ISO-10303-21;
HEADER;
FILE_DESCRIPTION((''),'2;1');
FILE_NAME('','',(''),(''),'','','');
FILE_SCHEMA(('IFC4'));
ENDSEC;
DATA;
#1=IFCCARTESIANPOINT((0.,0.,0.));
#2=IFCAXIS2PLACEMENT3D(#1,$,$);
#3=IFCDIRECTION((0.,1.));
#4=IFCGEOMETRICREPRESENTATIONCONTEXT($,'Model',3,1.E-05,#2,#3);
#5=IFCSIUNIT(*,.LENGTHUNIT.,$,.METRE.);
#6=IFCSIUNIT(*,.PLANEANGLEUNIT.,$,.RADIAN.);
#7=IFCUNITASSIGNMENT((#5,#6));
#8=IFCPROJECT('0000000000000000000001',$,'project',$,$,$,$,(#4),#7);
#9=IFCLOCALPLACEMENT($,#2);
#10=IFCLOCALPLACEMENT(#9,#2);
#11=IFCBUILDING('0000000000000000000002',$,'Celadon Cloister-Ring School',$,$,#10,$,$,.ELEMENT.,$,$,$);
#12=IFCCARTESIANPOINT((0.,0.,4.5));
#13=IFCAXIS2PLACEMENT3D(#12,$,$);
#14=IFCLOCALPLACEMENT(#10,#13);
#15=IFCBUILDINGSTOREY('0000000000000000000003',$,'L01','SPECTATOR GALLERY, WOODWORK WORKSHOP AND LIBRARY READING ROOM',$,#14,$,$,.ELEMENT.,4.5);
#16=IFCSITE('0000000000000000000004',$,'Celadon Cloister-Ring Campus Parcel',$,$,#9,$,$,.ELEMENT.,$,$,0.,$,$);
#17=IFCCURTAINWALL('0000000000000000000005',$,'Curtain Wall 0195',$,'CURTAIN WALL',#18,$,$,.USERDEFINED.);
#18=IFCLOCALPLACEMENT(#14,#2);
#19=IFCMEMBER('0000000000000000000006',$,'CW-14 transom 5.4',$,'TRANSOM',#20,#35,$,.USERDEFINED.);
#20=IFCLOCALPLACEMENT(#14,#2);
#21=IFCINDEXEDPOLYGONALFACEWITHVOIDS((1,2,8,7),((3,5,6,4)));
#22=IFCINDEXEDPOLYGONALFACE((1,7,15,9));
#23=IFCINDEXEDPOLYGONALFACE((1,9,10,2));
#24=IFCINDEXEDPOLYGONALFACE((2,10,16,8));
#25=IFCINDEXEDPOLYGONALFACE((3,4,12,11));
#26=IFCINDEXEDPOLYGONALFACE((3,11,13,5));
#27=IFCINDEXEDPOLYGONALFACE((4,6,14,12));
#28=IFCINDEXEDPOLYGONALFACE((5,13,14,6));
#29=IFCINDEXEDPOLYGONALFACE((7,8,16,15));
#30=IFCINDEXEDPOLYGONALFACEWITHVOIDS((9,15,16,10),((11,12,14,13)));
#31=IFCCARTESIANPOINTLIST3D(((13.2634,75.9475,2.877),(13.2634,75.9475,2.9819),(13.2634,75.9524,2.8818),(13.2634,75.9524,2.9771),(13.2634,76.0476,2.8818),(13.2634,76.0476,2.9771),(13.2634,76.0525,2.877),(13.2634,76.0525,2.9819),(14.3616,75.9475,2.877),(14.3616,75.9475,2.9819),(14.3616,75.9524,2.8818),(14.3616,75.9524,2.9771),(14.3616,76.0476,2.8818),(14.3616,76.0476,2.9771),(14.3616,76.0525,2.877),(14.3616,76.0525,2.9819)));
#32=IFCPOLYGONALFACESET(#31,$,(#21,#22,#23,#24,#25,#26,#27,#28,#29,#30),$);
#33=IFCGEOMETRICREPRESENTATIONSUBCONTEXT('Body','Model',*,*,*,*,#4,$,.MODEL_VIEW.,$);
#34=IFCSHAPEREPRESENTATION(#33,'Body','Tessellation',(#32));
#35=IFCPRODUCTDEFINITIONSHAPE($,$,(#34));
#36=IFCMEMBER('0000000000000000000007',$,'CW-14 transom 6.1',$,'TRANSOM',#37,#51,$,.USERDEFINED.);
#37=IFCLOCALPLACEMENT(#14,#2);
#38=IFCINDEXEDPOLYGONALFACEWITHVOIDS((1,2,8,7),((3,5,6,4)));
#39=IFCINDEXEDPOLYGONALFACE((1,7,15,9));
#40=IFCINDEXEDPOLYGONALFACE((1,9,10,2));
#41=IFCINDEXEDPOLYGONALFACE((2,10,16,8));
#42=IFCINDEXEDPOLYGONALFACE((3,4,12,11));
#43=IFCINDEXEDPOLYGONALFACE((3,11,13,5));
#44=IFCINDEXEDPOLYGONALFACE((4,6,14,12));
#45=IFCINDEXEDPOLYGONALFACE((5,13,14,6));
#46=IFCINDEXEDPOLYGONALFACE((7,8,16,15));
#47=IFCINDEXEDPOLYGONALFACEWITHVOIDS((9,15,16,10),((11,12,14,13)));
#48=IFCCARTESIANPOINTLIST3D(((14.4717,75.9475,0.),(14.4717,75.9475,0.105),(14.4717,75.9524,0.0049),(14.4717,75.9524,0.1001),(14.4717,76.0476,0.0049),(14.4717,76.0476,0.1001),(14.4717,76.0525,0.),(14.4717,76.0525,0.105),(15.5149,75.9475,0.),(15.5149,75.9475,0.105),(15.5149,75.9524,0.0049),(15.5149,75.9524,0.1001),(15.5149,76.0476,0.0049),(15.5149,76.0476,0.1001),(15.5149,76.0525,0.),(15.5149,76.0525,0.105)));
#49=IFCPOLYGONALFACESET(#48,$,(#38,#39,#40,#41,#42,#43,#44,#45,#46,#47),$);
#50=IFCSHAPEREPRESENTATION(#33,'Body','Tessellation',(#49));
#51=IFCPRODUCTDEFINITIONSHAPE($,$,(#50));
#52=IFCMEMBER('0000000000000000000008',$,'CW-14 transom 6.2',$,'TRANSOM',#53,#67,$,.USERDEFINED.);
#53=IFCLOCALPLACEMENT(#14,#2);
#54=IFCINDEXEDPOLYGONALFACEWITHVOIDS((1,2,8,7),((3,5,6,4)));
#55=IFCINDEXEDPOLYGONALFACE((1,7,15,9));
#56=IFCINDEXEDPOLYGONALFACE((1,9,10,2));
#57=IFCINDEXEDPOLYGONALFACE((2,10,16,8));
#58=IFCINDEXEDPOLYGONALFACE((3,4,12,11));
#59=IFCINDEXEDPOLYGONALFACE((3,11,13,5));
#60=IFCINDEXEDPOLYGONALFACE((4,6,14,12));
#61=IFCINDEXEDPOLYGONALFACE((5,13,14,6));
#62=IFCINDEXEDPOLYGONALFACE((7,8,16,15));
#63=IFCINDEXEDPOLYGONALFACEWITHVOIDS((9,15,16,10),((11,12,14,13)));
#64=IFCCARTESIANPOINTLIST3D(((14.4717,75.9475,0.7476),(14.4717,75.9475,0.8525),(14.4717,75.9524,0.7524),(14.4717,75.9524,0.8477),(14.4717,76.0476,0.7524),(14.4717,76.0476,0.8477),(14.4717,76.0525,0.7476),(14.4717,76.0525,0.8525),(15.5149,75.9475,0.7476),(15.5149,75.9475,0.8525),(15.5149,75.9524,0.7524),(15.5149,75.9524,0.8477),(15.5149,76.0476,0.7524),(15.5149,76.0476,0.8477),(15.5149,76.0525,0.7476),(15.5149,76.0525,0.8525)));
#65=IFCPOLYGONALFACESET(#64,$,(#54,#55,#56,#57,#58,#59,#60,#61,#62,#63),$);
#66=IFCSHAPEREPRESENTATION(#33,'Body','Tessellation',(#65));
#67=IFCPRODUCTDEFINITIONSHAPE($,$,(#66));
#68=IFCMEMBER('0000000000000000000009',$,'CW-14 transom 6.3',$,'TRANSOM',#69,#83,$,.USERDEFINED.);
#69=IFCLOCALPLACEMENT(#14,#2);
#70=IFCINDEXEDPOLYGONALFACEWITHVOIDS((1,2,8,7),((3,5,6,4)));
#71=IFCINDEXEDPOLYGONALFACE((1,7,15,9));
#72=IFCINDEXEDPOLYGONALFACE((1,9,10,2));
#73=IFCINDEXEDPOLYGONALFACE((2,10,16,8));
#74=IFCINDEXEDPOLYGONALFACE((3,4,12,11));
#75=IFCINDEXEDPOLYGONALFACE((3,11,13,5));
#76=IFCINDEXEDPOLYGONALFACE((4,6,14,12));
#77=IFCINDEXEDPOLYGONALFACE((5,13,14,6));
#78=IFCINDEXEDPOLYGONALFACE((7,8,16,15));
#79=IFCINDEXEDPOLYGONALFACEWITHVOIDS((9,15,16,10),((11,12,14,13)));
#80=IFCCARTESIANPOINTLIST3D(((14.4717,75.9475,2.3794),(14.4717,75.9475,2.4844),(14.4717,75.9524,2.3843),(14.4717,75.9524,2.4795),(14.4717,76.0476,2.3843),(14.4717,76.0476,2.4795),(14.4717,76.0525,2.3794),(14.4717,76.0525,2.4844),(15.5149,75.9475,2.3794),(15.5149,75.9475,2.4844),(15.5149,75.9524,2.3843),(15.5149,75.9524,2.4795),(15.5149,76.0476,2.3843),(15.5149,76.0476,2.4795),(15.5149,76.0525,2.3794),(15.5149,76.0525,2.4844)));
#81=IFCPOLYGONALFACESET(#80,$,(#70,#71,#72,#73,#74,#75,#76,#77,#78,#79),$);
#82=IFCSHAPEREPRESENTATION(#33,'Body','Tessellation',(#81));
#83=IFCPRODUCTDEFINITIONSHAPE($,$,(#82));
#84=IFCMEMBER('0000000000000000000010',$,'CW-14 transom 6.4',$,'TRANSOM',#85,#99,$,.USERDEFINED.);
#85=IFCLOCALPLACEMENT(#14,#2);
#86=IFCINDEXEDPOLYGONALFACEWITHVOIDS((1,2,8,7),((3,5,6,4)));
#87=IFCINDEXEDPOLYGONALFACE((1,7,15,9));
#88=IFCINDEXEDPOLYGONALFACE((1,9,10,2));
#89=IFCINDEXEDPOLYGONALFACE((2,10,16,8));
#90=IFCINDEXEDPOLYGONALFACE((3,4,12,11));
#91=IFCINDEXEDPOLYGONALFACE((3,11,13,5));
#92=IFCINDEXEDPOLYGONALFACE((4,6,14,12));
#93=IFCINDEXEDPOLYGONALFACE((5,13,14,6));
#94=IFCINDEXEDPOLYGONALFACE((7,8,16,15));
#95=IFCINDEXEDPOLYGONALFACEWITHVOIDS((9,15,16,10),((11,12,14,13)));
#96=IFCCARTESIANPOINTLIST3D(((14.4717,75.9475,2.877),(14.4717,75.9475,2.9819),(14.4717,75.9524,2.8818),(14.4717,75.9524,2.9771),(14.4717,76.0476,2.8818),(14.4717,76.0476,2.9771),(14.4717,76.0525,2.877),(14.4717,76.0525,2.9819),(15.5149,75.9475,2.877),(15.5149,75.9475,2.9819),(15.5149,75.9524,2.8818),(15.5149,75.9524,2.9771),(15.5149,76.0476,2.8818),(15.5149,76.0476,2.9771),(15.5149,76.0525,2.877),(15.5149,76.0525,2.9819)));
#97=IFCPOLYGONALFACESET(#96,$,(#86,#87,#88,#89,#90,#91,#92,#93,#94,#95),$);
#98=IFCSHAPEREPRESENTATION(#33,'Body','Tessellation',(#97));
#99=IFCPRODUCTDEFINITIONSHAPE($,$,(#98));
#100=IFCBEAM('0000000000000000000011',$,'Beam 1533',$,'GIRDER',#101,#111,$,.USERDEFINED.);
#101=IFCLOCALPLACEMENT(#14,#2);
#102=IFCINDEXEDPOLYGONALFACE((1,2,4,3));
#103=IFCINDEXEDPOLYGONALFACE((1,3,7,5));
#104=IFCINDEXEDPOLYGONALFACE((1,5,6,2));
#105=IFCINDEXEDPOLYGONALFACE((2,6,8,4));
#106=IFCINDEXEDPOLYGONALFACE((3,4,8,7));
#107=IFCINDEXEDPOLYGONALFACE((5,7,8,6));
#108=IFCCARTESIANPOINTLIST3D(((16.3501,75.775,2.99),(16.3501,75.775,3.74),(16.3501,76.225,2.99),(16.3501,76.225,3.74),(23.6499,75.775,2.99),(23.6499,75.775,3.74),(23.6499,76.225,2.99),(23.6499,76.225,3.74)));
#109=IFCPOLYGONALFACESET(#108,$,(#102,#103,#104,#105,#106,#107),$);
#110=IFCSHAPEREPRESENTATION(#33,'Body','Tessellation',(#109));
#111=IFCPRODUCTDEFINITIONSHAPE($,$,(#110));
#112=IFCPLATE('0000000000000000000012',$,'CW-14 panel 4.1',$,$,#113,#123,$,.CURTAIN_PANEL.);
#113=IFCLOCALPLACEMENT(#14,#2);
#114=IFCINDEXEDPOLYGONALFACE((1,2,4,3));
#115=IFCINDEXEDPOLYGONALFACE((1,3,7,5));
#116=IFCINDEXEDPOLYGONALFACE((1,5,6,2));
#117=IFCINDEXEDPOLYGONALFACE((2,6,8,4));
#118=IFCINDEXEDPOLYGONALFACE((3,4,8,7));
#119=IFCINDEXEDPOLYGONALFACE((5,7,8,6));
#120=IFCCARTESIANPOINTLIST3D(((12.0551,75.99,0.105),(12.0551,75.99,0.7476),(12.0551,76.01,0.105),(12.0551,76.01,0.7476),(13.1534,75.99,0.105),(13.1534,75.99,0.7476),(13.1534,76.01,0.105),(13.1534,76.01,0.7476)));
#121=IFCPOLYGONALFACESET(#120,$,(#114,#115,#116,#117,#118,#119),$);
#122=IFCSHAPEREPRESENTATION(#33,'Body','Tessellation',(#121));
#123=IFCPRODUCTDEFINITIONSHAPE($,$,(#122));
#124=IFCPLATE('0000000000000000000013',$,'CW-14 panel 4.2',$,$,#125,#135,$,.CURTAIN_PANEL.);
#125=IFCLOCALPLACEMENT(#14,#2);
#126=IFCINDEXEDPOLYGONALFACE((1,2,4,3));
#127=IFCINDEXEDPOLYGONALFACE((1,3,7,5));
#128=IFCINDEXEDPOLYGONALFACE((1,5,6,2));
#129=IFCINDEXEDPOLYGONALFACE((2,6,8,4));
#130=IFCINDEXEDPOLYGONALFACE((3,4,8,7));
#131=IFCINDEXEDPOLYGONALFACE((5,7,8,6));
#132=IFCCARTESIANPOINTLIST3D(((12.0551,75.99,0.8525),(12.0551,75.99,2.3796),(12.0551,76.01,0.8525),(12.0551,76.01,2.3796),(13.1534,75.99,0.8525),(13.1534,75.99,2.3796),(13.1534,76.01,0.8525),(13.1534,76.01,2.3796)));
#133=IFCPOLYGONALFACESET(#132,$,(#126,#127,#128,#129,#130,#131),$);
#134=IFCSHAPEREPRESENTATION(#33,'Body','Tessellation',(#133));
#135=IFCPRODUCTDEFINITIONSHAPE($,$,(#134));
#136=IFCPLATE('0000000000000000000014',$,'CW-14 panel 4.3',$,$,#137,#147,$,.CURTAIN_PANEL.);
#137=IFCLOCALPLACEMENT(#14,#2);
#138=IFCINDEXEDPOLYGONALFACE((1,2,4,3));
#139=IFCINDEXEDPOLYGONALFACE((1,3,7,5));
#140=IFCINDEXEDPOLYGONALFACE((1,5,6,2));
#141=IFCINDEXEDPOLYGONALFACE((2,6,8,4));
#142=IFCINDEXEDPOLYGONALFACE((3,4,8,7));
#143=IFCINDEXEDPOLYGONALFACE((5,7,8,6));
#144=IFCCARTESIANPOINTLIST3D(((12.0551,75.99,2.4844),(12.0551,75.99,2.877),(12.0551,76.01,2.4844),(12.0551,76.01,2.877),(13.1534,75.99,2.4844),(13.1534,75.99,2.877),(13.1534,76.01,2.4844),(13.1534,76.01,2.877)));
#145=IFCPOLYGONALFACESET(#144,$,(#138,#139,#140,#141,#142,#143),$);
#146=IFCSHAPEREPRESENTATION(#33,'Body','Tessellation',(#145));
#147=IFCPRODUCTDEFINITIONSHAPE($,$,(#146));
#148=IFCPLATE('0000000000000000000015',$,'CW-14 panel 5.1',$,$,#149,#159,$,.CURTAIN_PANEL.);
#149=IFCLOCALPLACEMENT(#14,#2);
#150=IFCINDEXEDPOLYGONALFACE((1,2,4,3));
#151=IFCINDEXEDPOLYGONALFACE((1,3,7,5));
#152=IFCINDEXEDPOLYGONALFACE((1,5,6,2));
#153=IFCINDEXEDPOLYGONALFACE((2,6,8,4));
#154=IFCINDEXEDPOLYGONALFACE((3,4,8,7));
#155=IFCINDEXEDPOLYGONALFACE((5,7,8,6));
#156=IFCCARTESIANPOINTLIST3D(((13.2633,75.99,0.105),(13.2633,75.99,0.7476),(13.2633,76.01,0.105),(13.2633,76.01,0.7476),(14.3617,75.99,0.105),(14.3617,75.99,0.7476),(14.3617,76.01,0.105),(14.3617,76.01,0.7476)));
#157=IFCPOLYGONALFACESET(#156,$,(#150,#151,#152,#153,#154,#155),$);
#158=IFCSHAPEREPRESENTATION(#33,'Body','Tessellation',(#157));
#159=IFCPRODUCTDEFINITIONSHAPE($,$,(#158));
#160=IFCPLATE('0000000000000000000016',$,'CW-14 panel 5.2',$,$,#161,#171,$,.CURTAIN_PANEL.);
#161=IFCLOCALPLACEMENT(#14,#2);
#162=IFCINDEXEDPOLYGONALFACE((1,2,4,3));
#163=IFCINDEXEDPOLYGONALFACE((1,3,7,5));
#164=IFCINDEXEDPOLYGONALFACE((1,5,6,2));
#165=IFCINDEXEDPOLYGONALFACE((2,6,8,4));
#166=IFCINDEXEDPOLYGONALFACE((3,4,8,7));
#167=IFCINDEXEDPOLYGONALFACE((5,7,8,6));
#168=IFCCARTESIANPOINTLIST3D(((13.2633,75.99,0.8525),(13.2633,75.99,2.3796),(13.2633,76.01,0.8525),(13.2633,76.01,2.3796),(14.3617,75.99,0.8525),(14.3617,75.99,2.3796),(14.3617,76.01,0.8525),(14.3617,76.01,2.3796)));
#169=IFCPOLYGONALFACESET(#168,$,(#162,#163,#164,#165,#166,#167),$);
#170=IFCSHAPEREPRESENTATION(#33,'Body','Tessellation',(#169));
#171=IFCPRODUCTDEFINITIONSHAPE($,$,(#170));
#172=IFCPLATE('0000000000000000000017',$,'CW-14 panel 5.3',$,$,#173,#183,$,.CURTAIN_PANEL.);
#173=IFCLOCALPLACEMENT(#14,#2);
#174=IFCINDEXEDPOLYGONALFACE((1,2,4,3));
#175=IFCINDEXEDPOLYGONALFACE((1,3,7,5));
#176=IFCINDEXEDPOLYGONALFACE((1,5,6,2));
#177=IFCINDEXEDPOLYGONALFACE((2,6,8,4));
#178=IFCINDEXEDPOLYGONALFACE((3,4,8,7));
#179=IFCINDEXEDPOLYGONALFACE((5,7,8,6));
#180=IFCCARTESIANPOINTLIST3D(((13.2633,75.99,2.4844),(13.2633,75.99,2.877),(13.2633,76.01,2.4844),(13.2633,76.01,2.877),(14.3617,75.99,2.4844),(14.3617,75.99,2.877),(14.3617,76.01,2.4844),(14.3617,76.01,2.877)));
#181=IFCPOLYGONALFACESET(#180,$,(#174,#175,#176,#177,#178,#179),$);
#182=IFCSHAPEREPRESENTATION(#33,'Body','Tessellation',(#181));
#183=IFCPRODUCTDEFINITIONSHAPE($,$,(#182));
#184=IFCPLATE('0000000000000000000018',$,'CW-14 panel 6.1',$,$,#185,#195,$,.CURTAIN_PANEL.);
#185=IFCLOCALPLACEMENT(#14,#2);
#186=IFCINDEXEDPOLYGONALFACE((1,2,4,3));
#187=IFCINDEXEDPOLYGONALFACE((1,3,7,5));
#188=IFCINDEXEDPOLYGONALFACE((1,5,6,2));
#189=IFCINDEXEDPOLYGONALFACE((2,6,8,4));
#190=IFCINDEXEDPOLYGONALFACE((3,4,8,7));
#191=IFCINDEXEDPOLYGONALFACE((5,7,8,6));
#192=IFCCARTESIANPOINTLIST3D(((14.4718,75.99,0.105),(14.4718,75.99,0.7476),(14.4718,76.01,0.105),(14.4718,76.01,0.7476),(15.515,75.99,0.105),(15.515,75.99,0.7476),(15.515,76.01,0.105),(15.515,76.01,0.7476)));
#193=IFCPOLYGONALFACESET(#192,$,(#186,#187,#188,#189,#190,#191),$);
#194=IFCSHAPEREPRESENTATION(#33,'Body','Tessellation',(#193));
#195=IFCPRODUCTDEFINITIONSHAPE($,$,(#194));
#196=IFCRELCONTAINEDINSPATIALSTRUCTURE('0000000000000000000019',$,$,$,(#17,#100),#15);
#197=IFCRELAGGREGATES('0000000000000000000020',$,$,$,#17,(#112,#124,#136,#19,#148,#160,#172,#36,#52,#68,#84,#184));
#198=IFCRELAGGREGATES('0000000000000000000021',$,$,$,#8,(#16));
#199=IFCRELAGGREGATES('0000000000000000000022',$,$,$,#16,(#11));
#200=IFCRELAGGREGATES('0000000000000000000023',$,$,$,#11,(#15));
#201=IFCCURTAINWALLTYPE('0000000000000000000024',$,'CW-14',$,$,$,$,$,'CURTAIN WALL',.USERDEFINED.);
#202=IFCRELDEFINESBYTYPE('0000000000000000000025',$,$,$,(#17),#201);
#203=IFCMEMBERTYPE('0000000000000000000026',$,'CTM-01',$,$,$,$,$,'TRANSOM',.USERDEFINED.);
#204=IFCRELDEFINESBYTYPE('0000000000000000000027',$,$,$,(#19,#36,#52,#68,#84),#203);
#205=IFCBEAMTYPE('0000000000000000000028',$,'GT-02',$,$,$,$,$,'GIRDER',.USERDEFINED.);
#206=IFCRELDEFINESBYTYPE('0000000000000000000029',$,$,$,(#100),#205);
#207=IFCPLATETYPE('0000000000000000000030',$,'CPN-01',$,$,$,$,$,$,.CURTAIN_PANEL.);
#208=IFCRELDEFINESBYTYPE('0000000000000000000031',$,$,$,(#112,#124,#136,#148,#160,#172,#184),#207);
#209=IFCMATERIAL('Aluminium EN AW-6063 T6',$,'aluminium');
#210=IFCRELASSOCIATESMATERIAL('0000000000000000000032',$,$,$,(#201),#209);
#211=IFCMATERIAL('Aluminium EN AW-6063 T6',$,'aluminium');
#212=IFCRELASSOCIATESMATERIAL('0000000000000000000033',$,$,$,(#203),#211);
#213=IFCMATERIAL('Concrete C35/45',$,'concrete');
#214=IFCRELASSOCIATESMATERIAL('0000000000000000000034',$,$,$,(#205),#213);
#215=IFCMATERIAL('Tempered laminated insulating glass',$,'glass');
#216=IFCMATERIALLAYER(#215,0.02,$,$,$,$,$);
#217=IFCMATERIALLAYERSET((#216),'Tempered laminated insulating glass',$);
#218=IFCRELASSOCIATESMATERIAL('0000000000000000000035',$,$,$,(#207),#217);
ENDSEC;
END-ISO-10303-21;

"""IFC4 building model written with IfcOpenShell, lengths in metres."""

from ifc_helpers import new_model, si_unit, direction, frame, origin, origin_2d, place, context, subcontext, project, spatial, rectangle, hollow_rectangle, extrude, material, layer, layer_set, material_profile, profile_set, type_object, element, aggregate, save


model = new_model("IFC4")

# Units and contexts
model_context = context("Model", 3, precision=1e-05, world=origin(), true_north=direction((0.0, 1.0)))
body_context = subcontext(model_context, "Body", "Model", "MODEL_VIEW")
ifc_project = project(units=[si_unit("LENGTHUNIT", "METRE"), si_unit("PLANEANGLEUNIT", "RADIAN")], contexts=[model_context])

# Site, building, storey
site_placement = place(None, origin())
site = spatial("IfcSite", under=ifc_project, at=site_placement, Name="Celadon Cloister-Ring Campus Parcel", CompositionType="ELEMENT", RefElevation=0.0)
building_placement = place(site_placement, origin())
building = spatial("IfcBuilding", under=site, at=building_placement, Name="Celadon Cloister-Ring School", CompositionType="ELEMENT")
storey_placement = place(building_placement, frame((0.0, 0.0, 4.5)))
storey = spatial("IfcBuildingStorey", under=building, at=storey_placement, Name="L01", Description="SPECTATOR GALLERY, WOODWORK WORKSHOP AND LIBRARY READING ROOM", CompositionType="ELEMENT", Elevation=4.5)

# Curtain wall, members
ifc_material_1 = material(Name="Aluminium EN AW-6063 T6", Category="aluminium")
curtain_wall_type = type_object("IfcCurtainWallType", Name="CW-14", ElementType="CURTAIN WALL", PredefinedType="USERDEFINED", material=ifc_material_1)
curtain_wall_placement = place(storey_placement, origin())
curtain_wall = element("IfcCurtainWall", 1, at=curtain_wall_placement, inside=storey, type_object=curtain_wall_type, Name="Curtain Wall 0195", ObjectType="CURTAIN WALL", PredefinedType="USERDEFINED")
ifc_material_2 = material(Name="Aluminium EN AW-6063 T6", Category="aluminium")
ifc_material_profile_1 = material_profile(ifc_material_2, hollow_rectangle(XDim=0.105, YDim=0.105, WallThickness=0.0049, at=origin_2d()), Name="RHS105X105X5")
ifc_profile_set_1 = profile_set([ifc_material_profile_1], Name="Aluminium EN AW-6063 T6")
member_type_1 = type_object("IfcMemberType", Name="CTM-01", ElementType="TRANSOM", PredefinedType="USERDEFINED", material=ifc_profile_set_1)
member_1_placement = place(storey_placement, frame((13.2634, 76.0, 2.9294), z_axis=(1.0, 0.0, 0.0), x_axis=(0.0, 1.0, 0.0)))
member_1 = element("IfcMember", 2, at=member_1_placement, type_object=member_type_1, Name="CW-14 transom 5.4", ObjectType="TRANSOM", PredefinedType="USERDEFINED", context=body_context, shape_type="SweptSolid", body=[
    extrude(hollow_rectangle(XDim=0.105, YDim=0.105, WallThickness=0.0049, at=origin_2d()), origin(), (0.0, 0.0, 1.0), 1.0981),
])
member_2_placement = place(storey_placement, frame((14.4717, 76.0, 0.0525), z_axis=(1.0, 0.0, 0.0), x_axis=(0.0, 1.0, 0.0)))
member_2 = element("IfcMember", 3, at=member_2_placement, type_object=member_type_1, Name="CW-14 transom 6.1", ObjectType="TRANSOM", PredefinedType="USERDEFINED", context=body_context, shape_type="SweptSolid", body=[
    extrude(hollow_rectangle(XDim=0.105, YDim=0.105, WallThickness=0.0049, at=origin_2d()), origin(), (0.0, 0.0, 1.0), 1.0432),
])
member_3_placement = place(storey_placement, frame((14.4717, 76.0, 0.8), z_axis=(1.0, 0.0, 0.0), x_axis=(0.0, 1.0, 0.0)))
member_3 = element("IfcMember", 4, at=member_3_placement, type_object=member_type_1, Name="CW-14 transom 6.2", ObjectType="TRANSOM", PredefinedType="USERDEFINED", context=body_context, shape_type="SweptSolid", body=[
    extrude(hollow_rectangle(XDim=0.105, YDim=0.105, WallThickness=0.0049, at=origin_2d()), origin(), (0.0, 0.0, 1.0), 1.0432),
])
member_4_placement = place(storey_placement, frame((14.4717, 76.0, 2.4319), z_axis=(1.0, 0.0, 0.0), x_axis=(0.0, 1.0, 0.0)))
member_4 = element("IfcMember", 5, at=member_4_placement, type_object=member_type_1, Name="CW-14 transom 6.3", ObjectType="TRANSOM", PredefinedType="USERDEFINED", context=body_context, shape_type="SweptSolid", body=[
    extrude(hollow_rectangle(XDim=0.105, YDim=0.105, WallThickness=0.0049, at=origin_2d()), origin(), (0.0, 0.0, 1.0), 1.0432),
])
member_5_placement = place(storey_placement, frame((14.4717, 76.0, 2.9294), z_axis=(1.0, 0.0, 0.0), x_axis=(0.0, 1.0, 0.0)))
member_5 = element("IfcMember", 6, at=member_5_placement, type_object=member_type_1, Name="CW-14 transom 6.4", ObjectType="TRANSOM", PredefinedType="USERDEFINED", context=body_context, shape_type="SweptSolid", body=[
    extrude(hollow_rectangle(XDim=0.105, YDim=0.105, WallThickness=0.0049, at=origin_2d()), origin(), (0.0, 0.0, 1.0), 1.0432),
])

# Beam
ifc_material_3 = material(Name="Concrete C35/45", Category="concrete")
ifc_material_profile_2 = material_profile(ifc_material_3, rectangle(XDim=0.45, YDim=0.75, at=origin_2d()), Name="RC450X750")
ifc_profile_set_2 = profile_set([ifc_material_profile_2], Name="Concrete C35/45")
beam_type_1 = type_object("IfcBeamType", Name="GT-02", ElementType="GIRDER", PredefinedType="USERDEFINED", material=ifc_profile_set_2)
beam_placement = place(storey_placement, frame((16.3501, 76.0, 3.365), z_axis=(1.0, 0.0, 0.0), x_axis=(0.0, 1.0, 0.0)))
element("IfcBeam", 7, at=beam_placement, inside=storey, type_object=beam_type_1, Name="Beam 1533", ObjectType="GIRDER", PredefinedType="USERDEFINED", context=body_context, shape_type="SweptSolid", body=[
    extrude(rectangle(XDim=0.45, YDim=0.75, at=origin_2d()), origin(), (0.0, 0.0, 1.0), 7.2998),
])

# Plates
ifc_material_4 = material(Name="Tempered laminated insulating glass", Category="glass")
ifc_layer_1 = layer(ifc_material_4, 0.02)
ifc_layer_set_1 = layer_set([ifc_layer_1], Name="Tempered laminated insulating glass")
plate_type = type_object("IfcPlateType", Name="CPN-01", PredefinedType="CURTAIN_PANEL", material=ifc_layer_set_1)
plate_1_placement = place(storey_placement, frame((12.6042, 76.0, 0.105), z_axis=(0.0, 0.0, 1.0), x_axis=(1.0, 0.0, 0.0)))
plate_1 = element("IfcPlate", 8, at=plate_1_placement, type_object=plate_type, Name="CW-14 panel 4.1", PredefinedType="CURTAIN_PANEL", context=body_context, shape_type="SweptSolid", body=[
    extrude(rectangle(XDim=1.0984, YDim=0.02, at=origin_2d()), origin(), (0.0, 0.0, 1.0), 0.6426),
])
plate_2_placement = place(storey_placement, frame((12.6042, 76.0, 0.8525), z_axis=(0.0, 0.0, 1.0), x_axis=(1.0, 0.0, 0.0)))
plate_2 = element("IfcPlate", 9, at=plate_2_placement, type_object=plate_type, Name="CW-14 panel 4.2", PredefinedType="CURTAIN_PANEL", context=body_context, shape_type="SweptSolid", body=[
    extrude(rectangle(XDim=1.0984, YDim=0.02, at=origin_2d()), origin(), (0.0, 0.0, 1.0), 1.5271),
])
plate_3_placement = place(storey_placement, frame((12.6042, 76.0, 2.4844), z_axis=(0.0, 0.0, 1.0), x_axis=(1.0, 0.0, 0.0)))
plate_3 = element("IfcPlate", 10, at=plate_3_placement, type_object=plate_type, Name="CW-14 panel 4.3", PredefinedType="CURTAIN_PANEL", context=body_context, shape_type="SweptSolid", body=[
    extrude(rectangle(XDim=1.0984, YDim=0.02, at=origin_2d()), origin(), (0.0, 0.0, 1.0), 0.3926),
])
plate_4_placement = place(storey_placement, frame((13.8125, 76.0, 0.105), z_axis=(0.0, 0.0, 1.0), x_axis=(1.0, 0.0, 0.0)))
plate_4 = element("IfcPlate", 11, at=plate_4_placement, type_object=plate_type, Name="CW-14 panel 5.1", PredefinedType="CURTAIN_PANEL", context=body_context, shape_type="SweptSolid", body=[
    extrude(rectangle(XDim=1.0984, YDim=0.02, at=origin_2d()), origin(), (0.0, 0.0, 1.0), 0.6426),
])
plate_5_placement = place(storey_placement, frame((13.8125, 76.0, 0.8525), z_axis=(0.0, 0.0, 1.0), x_axis=(1.0, 0.0, 0.0)))
plate_5 = element("IfcPlate", 12, at=plate_5_placement, type_object=plate_type, Name="CW-14 panel 5.2", PredefinedType="CURTAIN_PANEL", context=body_context, shape_type="SweptSolid", body=[
    extrude(rectangle(XDim=1.0984, YDim=0.02, at=origin_2d()), origin(), (0.0, 0.0, 1.0), 1.5271),
])
plate_6_placement = place(storey_placement, frame((13.8125, 76.0, 2.4844), z_axis=(0.0, 0.0, 1.0), x_axis=(1.0, 0.0, 0.0)))
plate_6 = element("IfcPlate", 13, at=plate_6_placement, type_object=plate_type, Name="CW-14 panel 5.3", PredefinedType="CURTAIN_PANEL", context=body_context, shape_type="SweptSolid", body=[
    extrude(rectangle(XDim=1.0984, YDim=0.02, at=origin_2d()), origin(), (0.0, 0.0, 1.0), 0.3926),
])
plate_7_placement = place(storey_placement, frame((14.9934, 76.0, 0.105), z_axis=(0.0, 0.0, 1.0), x_axis=(1.0, 0.0, 0.0)))
plate_7 = element("IfcPlate", 14, at=plate_7_placement, type_object=plate_type, Name="CW-14 panel 6.1", PredefinedType="CURTAIN_PANEL", context=body_context, shape_type="SweptSolid", body=[
    extrude(rectangle(XDim=1.0432, YDim=0.02, at=origin_2d()), origin(), (0.0, 0.0, 1.0), 0.6426),
])
aggregate(curtain_wall, [plate_1, plate_2, plate_3, member_1, plate_4, plate_5, plate_6, member_2, member_3, member_4, member_5, plate_7])

save(model, "model.ifc")
